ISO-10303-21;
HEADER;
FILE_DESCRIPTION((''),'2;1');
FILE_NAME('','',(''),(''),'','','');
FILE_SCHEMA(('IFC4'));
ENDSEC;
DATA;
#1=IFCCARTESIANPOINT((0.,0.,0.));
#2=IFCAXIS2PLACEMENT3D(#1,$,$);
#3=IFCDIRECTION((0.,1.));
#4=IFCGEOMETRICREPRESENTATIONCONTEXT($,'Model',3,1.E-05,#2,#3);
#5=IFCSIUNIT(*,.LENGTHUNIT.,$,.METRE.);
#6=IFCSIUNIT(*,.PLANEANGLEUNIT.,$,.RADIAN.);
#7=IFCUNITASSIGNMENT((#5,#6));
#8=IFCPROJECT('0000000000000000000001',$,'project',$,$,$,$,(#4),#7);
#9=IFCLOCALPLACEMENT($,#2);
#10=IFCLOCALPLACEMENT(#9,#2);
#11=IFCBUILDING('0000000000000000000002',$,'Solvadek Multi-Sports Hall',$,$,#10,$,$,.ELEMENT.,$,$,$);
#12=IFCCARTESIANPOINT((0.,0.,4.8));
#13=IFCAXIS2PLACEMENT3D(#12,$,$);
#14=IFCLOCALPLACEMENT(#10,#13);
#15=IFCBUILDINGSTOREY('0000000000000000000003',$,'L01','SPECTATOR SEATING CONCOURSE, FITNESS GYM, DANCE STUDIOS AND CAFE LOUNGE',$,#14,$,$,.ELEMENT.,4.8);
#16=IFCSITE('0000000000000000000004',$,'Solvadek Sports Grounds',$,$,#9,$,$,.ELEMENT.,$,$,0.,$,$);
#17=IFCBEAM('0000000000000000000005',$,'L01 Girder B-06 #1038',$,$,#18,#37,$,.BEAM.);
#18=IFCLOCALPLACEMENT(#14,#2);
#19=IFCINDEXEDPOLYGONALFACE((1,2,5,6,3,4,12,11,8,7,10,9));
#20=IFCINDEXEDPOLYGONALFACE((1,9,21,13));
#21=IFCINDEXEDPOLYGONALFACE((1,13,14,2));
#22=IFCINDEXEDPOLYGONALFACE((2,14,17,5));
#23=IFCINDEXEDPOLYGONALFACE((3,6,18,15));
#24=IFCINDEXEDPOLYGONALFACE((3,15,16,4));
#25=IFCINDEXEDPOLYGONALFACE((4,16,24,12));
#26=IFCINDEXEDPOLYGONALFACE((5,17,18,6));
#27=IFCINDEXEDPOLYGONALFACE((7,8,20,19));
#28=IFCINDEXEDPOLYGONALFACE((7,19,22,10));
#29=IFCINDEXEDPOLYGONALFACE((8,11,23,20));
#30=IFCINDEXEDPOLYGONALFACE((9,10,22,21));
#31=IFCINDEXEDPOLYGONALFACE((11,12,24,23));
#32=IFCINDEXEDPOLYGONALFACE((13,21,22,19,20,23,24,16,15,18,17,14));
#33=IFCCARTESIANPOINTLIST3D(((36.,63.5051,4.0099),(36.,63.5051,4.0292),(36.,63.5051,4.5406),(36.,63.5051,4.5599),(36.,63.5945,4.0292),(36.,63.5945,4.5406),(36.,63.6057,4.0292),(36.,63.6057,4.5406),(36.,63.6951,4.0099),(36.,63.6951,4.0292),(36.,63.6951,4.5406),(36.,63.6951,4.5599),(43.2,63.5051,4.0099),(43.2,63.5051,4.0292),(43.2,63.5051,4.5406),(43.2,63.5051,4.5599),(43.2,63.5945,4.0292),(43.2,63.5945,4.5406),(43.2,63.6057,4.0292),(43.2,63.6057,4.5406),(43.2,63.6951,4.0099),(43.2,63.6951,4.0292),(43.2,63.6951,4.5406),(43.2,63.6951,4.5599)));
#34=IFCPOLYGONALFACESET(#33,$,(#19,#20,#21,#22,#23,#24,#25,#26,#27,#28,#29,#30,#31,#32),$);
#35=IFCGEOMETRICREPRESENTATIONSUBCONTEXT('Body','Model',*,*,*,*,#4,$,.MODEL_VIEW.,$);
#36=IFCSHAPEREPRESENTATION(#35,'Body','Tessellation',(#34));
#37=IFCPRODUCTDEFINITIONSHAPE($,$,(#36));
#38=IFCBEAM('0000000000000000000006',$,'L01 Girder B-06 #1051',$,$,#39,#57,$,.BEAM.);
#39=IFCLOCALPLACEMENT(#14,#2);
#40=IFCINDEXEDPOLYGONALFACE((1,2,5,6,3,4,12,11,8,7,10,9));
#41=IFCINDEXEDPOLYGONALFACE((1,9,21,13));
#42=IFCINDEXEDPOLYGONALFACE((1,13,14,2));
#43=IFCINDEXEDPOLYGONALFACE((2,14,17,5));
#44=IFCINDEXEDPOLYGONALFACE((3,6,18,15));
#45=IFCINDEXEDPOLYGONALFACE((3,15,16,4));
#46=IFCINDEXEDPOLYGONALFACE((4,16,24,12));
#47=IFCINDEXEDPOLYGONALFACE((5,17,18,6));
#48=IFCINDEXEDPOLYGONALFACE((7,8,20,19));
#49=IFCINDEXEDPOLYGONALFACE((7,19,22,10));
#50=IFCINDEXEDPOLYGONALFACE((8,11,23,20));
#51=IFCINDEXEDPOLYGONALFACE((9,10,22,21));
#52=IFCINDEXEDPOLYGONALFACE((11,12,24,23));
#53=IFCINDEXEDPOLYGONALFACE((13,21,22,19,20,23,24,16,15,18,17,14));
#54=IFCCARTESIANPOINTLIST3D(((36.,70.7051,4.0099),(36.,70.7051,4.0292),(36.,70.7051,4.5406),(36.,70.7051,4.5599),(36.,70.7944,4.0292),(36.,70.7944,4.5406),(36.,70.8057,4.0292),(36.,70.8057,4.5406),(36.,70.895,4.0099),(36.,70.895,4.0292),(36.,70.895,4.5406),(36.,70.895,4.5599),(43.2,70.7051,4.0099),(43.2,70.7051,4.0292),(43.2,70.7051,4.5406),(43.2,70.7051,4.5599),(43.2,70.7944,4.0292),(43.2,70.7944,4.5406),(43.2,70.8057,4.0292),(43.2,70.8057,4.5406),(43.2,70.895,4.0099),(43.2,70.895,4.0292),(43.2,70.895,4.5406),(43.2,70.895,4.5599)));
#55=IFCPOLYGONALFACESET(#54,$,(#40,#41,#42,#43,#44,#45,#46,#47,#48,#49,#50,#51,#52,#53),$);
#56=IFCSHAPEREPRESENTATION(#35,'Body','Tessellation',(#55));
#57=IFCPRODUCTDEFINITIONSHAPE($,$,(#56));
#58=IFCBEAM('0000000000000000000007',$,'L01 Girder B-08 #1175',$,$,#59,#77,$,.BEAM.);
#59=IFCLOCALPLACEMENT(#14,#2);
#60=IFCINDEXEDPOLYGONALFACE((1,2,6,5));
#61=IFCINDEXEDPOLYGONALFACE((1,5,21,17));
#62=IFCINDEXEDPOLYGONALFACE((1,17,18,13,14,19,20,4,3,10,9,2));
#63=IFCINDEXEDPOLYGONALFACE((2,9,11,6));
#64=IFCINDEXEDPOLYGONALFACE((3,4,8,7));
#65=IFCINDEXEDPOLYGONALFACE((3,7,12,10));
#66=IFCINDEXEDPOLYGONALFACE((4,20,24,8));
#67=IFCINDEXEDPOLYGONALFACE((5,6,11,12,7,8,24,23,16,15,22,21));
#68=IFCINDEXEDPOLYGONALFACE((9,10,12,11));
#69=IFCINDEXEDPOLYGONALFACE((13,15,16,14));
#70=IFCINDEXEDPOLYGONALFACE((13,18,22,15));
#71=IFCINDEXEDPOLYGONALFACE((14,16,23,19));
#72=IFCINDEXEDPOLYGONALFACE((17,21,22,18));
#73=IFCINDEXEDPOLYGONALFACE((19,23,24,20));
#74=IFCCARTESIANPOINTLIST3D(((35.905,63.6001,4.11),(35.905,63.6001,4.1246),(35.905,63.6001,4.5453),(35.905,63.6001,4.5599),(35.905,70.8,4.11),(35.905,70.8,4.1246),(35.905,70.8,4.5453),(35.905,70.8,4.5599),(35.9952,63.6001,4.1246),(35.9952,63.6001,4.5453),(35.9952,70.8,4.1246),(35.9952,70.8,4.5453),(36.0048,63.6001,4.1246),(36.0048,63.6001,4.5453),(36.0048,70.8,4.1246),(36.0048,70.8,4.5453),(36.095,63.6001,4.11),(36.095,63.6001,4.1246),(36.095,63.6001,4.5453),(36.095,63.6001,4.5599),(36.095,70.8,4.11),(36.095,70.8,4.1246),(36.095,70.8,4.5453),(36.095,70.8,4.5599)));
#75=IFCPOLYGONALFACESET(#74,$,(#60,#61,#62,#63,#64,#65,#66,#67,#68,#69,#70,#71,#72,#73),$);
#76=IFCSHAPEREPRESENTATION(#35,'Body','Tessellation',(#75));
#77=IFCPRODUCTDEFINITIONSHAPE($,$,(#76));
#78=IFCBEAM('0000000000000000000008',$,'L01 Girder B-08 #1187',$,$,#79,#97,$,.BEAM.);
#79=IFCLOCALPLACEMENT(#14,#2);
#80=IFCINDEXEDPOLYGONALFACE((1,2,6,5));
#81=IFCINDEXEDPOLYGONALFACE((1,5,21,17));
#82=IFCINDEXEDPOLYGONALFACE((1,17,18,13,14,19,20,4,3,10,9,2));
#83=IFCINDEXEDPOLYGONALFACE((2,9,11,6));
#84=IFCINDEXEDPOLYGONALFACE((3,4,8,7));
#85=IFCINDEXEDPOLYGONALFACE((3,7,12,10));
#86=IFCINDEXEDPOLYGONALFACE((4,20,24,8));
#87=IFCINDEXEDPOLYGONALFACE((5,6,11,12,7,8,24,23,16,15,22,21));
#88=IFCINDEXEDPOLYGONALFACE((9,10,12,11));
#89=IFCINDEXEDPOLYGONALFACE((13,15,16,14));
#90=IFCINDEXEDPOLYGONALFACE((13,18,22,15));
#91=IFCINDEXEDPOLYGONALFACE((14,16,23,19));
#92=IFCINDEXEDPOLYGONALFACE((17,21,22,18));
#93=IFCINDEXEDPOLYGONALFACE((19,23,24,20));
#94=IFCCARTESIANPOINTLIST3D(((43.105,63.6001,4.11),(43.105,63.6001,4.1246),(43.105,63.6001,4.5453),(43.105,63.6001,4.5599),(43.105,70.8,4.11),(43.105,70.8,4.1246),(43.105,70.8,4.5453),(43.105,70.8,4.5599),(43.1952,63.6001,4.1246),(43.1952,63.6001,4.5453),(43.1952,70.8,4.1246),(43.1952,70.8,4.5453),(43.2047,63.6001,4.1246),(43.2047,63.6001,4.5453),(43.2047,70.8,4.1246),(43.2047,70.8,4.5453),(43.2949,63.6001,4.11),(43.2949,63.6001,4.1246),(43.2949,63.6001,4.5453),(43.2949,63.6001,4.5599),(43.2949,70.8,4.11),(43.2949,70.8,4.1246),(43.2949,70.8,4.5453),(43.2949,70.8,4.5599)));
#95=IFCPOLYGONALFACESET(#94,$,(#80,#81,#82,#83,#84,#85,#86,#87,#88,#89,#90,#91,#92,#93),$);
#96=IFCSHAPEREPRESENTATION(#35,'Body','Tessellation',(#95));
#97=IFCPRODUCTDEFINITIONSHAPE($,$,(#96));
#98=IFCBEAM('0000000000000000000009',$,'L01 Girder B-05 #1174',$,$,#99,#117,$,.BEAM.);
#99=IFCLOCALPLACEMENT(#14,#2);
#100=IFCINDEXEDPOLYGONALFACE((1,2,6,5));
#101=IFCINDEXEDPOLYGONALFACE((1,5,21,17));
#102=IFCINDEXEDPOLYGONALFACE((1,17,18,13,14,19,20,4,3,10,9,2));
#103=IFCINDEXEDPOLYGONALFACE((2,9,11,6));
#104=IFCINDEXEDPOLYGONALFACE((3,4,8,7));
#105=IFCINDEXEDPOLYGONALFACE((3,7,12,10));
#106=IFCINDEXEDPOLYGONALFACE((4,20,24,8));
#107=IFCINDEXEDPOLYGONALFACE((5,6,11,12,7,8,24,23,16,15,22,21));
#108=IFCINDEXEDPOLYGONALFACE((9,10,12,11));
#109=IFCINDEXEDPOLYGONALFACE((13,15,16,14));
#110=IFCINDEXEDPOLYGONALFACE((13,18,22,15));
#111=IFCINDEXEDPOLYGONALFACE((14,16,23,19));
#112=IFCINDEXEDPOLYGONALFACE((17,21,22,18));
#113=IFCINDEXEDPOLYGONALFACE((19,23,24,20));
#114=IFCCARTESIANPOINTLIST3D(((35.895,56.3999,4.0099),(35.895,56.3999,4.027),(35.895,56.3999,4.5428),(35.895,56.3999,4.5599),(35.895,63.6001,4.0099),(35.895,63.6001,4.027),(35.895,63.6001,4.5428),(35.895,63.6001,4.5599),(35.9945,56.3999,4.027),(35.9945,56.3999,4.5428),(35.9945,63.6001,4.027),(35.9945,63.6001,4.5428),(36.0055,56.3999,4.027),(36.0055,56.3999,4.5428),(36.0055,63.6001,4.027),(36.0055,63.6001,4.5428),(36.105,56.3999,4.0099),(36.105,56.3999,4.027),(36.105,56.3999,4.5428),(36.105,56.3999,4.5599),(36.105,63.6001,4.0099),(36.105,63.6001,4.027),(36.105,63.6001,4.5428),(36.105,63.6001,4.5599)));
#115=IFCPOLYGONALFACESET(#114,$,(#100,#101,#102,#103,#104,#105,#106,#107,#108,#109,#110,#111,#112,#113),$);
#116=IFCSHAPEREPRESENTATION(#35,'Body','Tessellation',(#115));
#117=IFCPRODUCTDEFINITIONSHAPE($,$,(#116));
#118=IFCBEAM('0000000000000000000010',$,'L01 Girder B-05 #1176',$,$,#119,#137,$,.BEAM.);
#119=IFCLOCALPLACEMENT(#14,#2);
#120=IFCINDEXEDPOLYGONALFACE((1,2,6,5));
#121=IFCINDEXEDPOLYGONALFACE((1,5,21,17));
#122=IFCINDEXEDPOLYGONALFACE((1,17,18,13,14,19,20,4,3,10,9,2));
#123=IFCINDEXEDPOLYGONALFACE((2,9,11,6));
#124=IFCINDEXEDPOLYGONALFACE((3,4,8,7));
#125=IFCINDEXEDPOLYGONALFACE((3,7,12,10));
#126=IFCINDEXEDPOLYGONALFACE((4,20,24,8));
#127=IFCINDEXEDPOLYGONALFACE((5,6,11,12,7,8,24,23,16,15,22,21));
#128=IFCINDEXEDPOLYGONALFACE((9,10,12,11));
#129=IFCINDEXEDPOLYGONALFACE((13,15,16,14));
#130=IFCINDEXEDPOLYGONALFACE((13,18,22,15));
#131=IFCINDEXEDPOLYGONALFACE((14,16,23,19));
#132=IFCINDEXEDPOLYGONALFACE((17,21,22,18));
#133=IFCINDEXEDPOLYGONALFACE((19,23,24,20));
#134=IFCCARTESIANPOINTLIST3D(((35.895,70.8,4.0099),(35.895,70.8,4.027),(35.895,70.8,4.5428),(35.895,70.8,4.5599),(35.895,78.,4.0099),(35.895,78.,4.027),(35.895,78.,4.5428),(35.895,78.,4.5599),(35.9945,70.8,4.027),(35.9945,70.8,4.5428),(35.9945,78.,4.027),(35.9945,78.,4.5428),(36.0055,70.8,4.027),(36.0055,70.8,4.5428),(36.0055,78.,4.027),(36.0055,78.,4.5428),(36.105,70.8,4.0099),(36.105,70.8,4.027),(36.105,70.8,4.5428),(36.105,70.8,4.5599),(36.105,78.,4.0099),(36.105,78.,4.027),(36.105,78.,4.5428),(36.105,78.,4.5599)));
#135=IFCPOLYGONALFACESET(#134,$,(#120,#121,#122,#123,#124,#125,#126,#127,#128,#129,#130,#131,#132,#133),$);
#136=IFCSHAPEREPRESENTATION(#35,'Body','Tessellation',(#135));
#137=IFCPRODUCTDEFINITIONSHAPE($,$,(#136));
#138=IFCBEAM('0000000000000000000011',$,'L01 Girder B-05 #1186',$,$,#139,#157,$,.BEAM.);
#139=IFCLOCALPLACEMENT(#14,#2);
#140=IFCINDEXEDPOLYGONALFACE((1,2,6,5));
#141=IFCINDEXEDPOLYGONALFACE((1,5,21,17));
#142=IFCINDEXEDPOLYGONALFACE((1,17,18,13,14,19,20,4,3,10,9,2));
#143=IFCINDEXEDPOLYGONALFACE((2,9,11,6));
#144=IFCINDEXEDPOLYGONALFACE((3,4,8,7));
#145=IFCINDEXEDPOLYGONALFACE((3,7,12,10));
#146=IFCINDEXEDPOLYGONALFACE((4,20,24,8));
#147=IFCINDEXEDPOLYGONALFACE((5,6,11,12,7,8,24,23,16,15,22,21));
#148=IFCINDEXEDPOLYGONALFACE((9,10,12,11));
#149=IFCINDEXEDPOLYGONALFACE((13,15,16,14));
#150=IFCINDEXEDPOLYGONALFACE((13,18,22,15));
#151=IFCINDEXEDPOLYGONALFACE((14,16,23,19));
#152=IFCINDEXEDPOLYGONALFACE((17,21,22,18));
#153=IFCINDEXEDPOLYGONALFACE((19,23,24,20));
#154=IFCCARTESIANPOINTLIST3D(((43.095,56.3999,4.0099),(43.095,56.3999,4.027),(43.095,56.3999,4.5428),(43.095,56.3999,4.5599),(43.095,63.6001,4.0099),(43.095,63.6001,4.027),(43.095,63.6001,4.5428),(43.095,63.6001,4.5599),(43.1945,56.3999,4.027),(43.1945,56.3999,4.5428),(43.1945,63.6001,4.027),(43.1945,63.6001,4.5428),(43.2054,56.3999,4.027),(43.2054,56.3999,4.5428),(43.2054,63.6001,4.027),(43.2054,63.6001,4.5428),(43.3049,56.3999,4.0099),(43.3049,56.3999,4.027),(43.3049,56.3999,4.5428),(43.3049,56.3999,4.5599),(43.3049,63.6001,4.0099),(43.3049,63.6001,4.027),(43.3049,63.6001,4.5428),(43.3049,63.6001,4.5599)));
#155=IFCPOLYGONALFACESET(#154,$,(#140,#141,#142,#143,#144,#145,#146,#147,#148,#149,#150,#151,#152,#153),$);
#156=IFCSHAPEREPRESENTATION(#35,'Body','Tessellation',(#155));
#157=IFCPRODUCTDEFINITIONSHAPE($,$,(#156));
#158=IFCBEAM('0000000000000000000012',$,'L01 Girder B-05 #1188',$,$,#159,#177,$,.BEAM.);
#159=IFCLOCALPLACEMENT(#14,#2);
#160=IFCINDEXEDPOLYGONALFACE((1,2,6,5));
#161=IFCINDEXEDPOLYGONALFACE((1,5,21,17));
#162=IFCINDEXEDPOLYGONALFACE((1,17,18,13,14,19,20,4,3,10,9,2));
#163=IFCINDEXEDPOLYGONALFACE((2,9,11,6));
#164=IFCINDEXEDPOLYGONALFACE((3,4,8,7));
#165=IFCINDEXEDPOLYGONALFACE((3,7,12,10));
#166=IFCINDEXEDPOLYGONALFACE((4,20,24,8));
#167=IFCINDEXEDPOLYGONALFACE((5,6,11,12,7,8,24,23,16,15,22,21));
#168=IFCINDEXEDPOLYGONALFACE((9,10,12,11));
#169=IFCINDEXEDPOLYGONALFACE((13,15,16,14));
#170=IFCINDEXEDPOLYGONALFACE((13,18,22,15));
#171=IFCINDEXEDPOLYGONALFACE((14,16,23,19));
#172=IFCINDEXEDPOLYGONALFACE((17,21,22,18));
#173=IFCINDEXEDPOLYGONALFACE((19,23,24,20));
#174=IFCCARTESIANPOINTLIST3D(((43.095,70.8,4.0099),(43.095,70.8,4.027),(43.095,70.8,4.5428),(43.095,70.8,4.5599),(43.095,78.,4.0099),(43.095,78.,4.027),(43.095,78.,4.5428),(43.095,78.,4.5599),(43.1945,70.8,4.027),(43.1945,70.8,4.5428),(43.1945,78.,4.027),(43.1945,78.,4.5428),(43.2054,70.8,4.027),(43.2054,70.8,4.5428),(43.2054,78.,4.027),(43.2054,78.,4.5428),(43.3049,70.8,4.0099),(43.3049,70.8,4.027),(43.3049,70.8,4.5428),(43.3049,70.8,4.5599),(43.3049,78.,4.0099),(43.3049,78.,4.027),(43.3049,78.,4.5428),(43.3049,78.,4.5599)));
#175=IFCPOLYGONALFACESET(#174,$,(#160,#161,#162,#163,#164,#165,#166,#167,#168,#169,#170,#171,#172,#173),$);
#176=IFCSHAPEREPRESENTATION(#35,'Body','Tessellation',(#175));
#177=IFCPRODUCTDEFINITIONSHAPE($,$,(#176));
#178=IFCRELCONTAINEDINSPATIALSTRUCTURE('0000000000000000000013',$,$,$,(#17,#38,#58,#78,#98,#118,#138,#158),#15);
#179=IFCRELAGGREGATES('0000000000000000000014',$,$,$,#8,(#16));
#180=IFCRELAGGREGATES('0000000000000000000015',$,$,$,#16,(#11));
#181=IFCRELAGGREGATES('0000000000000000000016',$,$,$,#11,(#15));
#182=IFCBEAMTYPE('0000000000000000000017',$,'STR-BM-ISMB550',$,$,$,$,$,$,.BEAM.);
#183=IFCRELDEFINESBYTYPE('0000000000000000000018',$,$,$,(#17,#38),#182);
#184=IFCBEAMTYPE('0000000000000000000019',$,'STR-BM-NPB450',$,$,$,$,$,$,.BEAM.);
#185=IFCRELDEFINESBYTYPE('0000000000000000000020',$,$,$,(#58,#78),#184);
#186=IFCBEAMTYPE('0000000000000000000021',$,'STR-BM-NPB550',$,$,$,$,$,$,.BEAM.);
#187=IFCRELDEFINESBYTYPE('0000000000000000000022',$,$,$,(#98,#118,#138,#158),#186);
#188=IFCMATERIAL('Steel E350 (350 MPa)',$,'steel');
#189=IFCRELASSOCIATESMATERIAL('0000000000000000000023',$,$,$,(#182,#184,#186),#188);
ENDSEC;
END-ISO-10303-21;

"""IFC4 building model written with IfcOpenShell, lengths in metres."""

from ifc_helpers import new_model, si_unit, direction, frame, origin, origin_2d, place, context, subcontext, project, spatial, i_section, extrude, material, material_profile, profile_set, type_object, element, save


model = new_model("IFC4")

# Units and contexts
model_context = context("Model", 3, precision=1e-05, world=origin(), true_north=direction((0.0, 1.0)))
body_context = subcontext(model_context, "Body", "Model", "MODEL_VIEW")
ifc_project = project(units=[si_unit("LENGTHUNIT", "METRE"), si_unit("PLANEANGLEUNIT", "RADIAN")], contexts=[model_context])

# Site, building, storey
site_placement = place(None, origin())
site = spatial("IfcSite", under=ifc_project, at=site_placement, Name="Solvadek Sports Grounds", CompositionType="ELEMENT", RefElevation=0.0)
building_placement = place(site_placement, origin())
building = spatial("IfcBuilding", under=site, at=building_placement, Name="Solvadek Multi-Sports Hall", CompositionType="ELEMENT")
storey_placement = place(building_placement, frame((0.0, 0.0, 4.8)))
storey = spatial("IfcBuildingStorey", under=building, at=storey_placement, Name="L01", Description="SPECTATOR SEATING CONCOURSE, FITNESS GYM, DANCE STUDIOS AND CAFE LOUNGE", CompositionType="ELEMENT", Elevation=4.8)

# Shared definitions
ifc_material = material(Name="Steel E350 (350 MPa)", Category="steel")

# Beams
ifc_material_profile_1 = material_profile(ifc_material, i_section(OverallWidth=0.1899, OverallDepth=0.55, WebThickness=0.0112, FlangeThickness=0.0193, at=origin_2d()), Name="ISMB 550")
ifc_profile_set_1 = profile_set([ifc_material_profile_1], Name="Steel E350 (350 MPa)")
beam_type_1 = type_object("IfcBeamType", Name="STR-BM-ISMB550", PredefinedType="BEAM", material=ifc_profile_set_1)
for number, where, z_axis, x_axis, name in (
    (1, (36.0, 63.6001, 4.2849), (1.0, 0.0, 0.0), (0.0, 1.0, 0.0), "L01 Girder B-06 #1038"),
    (2, (36.0, 70.8, 4.2849), (1.0, 0.0, 0.0), (0.0, 1.0, 0.0), "L01 Girder B-06 #1051"),
):
    element("IfcBeam", number, at=place(storey_placement, frame(where, z_axis=z_axis, x_axis=x_axis)), inside=storey, type_object=beam_type_1, Name=name, PredefinedType="BEAM", context=body_context, shape_type="SweptSolid", body=[
        extrude(i_section(OverallWidth=0.1899, OverallDepth=0.55, WebThickness=0.0112, FlangeThickness=0.0193, at=origin_2d()), origin(), (0.0, 0.0, 1.0), 7.2),
    ])
ifc_material_profile_2 = material_profile(ifc_material, i_section(OverallWidth=0.1899, OverallDepth=0.45, WebThickness=0.0095, FlangeThickness=0.0146, at=origin_2d()), Name="NPB 450")
ifc_profile_set_2 = profile_set([ifc_material_profile_2], Name="Steel E350 (350 MPa)")
beam_type_2 = type_object("IfcBeamType", Name="STR-BM-NPB450", PredefinedType="BEAM", material=ifc_profile_set_2)
for number, where, z_axis, x_axis, name in (
    (3, (36.0, 63.6001, 4.335), (0.0, 1.0, 0.0), (-1.0, 0.0, 0.0), "L01 Girder B-08 #1175"),
    (4, (43.2, 63.6001, 4.335), (0.0, 1.0, 0.0), (-1.0, 0.0, 0.0), "L01 Girder B-08 #1187"),
):
    element("IfcBeam", number, at=place(storey_placement, frame(where, z_axis=z_axis, x_axis=x_axis)), inside=storey, type_object=beam_type_2, Name=name, PredefinedType="BEAM", context=body_context, shape_type="SweptSolid", body=[
        extrude(i_section(OverallWidth=0.1899, OverallDepth=0.45, WebThickness=0.0095, FlangeThickness=0.0146, at=origin_2d()), origin(), (0.0, 0.0, 1.0), 7.2),
    ])
ifc_material_profile_3 = material_profile(ifc_material, i_section(OverallWidth=0.21, OverallDepth=0.55, WebThickness=0.011, FlangeThickness=0.0171, at=origin_2d()), Name="NPB 550")
ifc_profile_set_3 = profile_set([ifc_material_profile_3], Name="Steel E350 (350 MPa)")
beam_type_3 = type_object("IfcBeamType", Name="STR-BM-NPB550", PredefinedType="BEAM", material=ifc_profile_set_3)
beam_1_placement = place(storey_placement, frame((36.0, 56.3999, 4.2849), z_axis=(0.0, 1.0, 0.0), x_axis=(-1.0, 0.0, 0.0)))
element("IfcBeam", 5, at=beam_1_placement, inside=storey, type_object=beam_type_3, Name="L01 Girder B-05 #1174", PredefinedType="BEAM", context=body_context, shape_type="SweptSolid", body=[
    extrude(i_section(OverallWidth=0.21, OverallDepth=0.55, WebThickness=0.011, FlangeThickness=0.0171, at=origin_2d()), origin(), (0.0, 0.0, 1.0), 7.2002),
])
beam_2_placement = place(storey_placement, frame((36.0, 70.8, 4.2849), z_axis=(0.0, 1.0, 0.0), x_axis=(-1.0, 0.0, 0.0)))
element("IfcBeam", 6, at=beam_2_placement, inside=storey, type_object=beam_type_3, Name="L01 Girder B-05 #1176", PredefinedType="BEAM", context=body_context, shape_type="SweptSolid", body=[
    extrude(i_section(OverallWidth=0.21, OverallDepth=0.55, WebThickness=0.011, FlangeThickness=0.0171, at=origin_2d()), origin(), (0.0, 0.0, 1.0), 7.2),
])
beam_3_placement = place(storey_placement, frame((43.2, 56.3999, 4.2849), z_axis=(0.0, 1.0, 0.0), x_axis=(-1.0, 0.0, 0.0)))
element("IfcBeam", 7, at=beam_3_placement, inside=storey, type_object=beam_type_3, Name="L01 Girder B-05 #1186", PredefinedType="BEAM", context=body_context, shape_type="SweptSolid", body=[
    extrude(i_section(OverallWidth=0.21, OverallDepth=0.55, WebThickness=0.011, FlangeThickness=0.0171, at=origin_2d()), origin(), (0.0, 0.0, 1.0), 7.2002),
])
beam_4_placement = place(storey_placement, frame((43.2, 70.8, 4.2849), z_axis=(0.0, 1.0, 0.0), x_axis=(-1.0, 0.0, 0.0)))
element("IfcBeam", 8, at=beam_4_placement, inside=storey, type_object=beam_type_3, Name="L01 Girder B-05 #1188", PredefinedType="BEAM", context=body_context, shape_type="SweptSolid", body=[
    extrude(i_section(OverallWidth=0.21, OverallDepth=0.55, WebThickness=0.011, FlangeThickness=0.0171, at=origin_2d()), origin(), (0.0, 0.0, 1.0), 7.2),
])

save(model, "model.ifc")
